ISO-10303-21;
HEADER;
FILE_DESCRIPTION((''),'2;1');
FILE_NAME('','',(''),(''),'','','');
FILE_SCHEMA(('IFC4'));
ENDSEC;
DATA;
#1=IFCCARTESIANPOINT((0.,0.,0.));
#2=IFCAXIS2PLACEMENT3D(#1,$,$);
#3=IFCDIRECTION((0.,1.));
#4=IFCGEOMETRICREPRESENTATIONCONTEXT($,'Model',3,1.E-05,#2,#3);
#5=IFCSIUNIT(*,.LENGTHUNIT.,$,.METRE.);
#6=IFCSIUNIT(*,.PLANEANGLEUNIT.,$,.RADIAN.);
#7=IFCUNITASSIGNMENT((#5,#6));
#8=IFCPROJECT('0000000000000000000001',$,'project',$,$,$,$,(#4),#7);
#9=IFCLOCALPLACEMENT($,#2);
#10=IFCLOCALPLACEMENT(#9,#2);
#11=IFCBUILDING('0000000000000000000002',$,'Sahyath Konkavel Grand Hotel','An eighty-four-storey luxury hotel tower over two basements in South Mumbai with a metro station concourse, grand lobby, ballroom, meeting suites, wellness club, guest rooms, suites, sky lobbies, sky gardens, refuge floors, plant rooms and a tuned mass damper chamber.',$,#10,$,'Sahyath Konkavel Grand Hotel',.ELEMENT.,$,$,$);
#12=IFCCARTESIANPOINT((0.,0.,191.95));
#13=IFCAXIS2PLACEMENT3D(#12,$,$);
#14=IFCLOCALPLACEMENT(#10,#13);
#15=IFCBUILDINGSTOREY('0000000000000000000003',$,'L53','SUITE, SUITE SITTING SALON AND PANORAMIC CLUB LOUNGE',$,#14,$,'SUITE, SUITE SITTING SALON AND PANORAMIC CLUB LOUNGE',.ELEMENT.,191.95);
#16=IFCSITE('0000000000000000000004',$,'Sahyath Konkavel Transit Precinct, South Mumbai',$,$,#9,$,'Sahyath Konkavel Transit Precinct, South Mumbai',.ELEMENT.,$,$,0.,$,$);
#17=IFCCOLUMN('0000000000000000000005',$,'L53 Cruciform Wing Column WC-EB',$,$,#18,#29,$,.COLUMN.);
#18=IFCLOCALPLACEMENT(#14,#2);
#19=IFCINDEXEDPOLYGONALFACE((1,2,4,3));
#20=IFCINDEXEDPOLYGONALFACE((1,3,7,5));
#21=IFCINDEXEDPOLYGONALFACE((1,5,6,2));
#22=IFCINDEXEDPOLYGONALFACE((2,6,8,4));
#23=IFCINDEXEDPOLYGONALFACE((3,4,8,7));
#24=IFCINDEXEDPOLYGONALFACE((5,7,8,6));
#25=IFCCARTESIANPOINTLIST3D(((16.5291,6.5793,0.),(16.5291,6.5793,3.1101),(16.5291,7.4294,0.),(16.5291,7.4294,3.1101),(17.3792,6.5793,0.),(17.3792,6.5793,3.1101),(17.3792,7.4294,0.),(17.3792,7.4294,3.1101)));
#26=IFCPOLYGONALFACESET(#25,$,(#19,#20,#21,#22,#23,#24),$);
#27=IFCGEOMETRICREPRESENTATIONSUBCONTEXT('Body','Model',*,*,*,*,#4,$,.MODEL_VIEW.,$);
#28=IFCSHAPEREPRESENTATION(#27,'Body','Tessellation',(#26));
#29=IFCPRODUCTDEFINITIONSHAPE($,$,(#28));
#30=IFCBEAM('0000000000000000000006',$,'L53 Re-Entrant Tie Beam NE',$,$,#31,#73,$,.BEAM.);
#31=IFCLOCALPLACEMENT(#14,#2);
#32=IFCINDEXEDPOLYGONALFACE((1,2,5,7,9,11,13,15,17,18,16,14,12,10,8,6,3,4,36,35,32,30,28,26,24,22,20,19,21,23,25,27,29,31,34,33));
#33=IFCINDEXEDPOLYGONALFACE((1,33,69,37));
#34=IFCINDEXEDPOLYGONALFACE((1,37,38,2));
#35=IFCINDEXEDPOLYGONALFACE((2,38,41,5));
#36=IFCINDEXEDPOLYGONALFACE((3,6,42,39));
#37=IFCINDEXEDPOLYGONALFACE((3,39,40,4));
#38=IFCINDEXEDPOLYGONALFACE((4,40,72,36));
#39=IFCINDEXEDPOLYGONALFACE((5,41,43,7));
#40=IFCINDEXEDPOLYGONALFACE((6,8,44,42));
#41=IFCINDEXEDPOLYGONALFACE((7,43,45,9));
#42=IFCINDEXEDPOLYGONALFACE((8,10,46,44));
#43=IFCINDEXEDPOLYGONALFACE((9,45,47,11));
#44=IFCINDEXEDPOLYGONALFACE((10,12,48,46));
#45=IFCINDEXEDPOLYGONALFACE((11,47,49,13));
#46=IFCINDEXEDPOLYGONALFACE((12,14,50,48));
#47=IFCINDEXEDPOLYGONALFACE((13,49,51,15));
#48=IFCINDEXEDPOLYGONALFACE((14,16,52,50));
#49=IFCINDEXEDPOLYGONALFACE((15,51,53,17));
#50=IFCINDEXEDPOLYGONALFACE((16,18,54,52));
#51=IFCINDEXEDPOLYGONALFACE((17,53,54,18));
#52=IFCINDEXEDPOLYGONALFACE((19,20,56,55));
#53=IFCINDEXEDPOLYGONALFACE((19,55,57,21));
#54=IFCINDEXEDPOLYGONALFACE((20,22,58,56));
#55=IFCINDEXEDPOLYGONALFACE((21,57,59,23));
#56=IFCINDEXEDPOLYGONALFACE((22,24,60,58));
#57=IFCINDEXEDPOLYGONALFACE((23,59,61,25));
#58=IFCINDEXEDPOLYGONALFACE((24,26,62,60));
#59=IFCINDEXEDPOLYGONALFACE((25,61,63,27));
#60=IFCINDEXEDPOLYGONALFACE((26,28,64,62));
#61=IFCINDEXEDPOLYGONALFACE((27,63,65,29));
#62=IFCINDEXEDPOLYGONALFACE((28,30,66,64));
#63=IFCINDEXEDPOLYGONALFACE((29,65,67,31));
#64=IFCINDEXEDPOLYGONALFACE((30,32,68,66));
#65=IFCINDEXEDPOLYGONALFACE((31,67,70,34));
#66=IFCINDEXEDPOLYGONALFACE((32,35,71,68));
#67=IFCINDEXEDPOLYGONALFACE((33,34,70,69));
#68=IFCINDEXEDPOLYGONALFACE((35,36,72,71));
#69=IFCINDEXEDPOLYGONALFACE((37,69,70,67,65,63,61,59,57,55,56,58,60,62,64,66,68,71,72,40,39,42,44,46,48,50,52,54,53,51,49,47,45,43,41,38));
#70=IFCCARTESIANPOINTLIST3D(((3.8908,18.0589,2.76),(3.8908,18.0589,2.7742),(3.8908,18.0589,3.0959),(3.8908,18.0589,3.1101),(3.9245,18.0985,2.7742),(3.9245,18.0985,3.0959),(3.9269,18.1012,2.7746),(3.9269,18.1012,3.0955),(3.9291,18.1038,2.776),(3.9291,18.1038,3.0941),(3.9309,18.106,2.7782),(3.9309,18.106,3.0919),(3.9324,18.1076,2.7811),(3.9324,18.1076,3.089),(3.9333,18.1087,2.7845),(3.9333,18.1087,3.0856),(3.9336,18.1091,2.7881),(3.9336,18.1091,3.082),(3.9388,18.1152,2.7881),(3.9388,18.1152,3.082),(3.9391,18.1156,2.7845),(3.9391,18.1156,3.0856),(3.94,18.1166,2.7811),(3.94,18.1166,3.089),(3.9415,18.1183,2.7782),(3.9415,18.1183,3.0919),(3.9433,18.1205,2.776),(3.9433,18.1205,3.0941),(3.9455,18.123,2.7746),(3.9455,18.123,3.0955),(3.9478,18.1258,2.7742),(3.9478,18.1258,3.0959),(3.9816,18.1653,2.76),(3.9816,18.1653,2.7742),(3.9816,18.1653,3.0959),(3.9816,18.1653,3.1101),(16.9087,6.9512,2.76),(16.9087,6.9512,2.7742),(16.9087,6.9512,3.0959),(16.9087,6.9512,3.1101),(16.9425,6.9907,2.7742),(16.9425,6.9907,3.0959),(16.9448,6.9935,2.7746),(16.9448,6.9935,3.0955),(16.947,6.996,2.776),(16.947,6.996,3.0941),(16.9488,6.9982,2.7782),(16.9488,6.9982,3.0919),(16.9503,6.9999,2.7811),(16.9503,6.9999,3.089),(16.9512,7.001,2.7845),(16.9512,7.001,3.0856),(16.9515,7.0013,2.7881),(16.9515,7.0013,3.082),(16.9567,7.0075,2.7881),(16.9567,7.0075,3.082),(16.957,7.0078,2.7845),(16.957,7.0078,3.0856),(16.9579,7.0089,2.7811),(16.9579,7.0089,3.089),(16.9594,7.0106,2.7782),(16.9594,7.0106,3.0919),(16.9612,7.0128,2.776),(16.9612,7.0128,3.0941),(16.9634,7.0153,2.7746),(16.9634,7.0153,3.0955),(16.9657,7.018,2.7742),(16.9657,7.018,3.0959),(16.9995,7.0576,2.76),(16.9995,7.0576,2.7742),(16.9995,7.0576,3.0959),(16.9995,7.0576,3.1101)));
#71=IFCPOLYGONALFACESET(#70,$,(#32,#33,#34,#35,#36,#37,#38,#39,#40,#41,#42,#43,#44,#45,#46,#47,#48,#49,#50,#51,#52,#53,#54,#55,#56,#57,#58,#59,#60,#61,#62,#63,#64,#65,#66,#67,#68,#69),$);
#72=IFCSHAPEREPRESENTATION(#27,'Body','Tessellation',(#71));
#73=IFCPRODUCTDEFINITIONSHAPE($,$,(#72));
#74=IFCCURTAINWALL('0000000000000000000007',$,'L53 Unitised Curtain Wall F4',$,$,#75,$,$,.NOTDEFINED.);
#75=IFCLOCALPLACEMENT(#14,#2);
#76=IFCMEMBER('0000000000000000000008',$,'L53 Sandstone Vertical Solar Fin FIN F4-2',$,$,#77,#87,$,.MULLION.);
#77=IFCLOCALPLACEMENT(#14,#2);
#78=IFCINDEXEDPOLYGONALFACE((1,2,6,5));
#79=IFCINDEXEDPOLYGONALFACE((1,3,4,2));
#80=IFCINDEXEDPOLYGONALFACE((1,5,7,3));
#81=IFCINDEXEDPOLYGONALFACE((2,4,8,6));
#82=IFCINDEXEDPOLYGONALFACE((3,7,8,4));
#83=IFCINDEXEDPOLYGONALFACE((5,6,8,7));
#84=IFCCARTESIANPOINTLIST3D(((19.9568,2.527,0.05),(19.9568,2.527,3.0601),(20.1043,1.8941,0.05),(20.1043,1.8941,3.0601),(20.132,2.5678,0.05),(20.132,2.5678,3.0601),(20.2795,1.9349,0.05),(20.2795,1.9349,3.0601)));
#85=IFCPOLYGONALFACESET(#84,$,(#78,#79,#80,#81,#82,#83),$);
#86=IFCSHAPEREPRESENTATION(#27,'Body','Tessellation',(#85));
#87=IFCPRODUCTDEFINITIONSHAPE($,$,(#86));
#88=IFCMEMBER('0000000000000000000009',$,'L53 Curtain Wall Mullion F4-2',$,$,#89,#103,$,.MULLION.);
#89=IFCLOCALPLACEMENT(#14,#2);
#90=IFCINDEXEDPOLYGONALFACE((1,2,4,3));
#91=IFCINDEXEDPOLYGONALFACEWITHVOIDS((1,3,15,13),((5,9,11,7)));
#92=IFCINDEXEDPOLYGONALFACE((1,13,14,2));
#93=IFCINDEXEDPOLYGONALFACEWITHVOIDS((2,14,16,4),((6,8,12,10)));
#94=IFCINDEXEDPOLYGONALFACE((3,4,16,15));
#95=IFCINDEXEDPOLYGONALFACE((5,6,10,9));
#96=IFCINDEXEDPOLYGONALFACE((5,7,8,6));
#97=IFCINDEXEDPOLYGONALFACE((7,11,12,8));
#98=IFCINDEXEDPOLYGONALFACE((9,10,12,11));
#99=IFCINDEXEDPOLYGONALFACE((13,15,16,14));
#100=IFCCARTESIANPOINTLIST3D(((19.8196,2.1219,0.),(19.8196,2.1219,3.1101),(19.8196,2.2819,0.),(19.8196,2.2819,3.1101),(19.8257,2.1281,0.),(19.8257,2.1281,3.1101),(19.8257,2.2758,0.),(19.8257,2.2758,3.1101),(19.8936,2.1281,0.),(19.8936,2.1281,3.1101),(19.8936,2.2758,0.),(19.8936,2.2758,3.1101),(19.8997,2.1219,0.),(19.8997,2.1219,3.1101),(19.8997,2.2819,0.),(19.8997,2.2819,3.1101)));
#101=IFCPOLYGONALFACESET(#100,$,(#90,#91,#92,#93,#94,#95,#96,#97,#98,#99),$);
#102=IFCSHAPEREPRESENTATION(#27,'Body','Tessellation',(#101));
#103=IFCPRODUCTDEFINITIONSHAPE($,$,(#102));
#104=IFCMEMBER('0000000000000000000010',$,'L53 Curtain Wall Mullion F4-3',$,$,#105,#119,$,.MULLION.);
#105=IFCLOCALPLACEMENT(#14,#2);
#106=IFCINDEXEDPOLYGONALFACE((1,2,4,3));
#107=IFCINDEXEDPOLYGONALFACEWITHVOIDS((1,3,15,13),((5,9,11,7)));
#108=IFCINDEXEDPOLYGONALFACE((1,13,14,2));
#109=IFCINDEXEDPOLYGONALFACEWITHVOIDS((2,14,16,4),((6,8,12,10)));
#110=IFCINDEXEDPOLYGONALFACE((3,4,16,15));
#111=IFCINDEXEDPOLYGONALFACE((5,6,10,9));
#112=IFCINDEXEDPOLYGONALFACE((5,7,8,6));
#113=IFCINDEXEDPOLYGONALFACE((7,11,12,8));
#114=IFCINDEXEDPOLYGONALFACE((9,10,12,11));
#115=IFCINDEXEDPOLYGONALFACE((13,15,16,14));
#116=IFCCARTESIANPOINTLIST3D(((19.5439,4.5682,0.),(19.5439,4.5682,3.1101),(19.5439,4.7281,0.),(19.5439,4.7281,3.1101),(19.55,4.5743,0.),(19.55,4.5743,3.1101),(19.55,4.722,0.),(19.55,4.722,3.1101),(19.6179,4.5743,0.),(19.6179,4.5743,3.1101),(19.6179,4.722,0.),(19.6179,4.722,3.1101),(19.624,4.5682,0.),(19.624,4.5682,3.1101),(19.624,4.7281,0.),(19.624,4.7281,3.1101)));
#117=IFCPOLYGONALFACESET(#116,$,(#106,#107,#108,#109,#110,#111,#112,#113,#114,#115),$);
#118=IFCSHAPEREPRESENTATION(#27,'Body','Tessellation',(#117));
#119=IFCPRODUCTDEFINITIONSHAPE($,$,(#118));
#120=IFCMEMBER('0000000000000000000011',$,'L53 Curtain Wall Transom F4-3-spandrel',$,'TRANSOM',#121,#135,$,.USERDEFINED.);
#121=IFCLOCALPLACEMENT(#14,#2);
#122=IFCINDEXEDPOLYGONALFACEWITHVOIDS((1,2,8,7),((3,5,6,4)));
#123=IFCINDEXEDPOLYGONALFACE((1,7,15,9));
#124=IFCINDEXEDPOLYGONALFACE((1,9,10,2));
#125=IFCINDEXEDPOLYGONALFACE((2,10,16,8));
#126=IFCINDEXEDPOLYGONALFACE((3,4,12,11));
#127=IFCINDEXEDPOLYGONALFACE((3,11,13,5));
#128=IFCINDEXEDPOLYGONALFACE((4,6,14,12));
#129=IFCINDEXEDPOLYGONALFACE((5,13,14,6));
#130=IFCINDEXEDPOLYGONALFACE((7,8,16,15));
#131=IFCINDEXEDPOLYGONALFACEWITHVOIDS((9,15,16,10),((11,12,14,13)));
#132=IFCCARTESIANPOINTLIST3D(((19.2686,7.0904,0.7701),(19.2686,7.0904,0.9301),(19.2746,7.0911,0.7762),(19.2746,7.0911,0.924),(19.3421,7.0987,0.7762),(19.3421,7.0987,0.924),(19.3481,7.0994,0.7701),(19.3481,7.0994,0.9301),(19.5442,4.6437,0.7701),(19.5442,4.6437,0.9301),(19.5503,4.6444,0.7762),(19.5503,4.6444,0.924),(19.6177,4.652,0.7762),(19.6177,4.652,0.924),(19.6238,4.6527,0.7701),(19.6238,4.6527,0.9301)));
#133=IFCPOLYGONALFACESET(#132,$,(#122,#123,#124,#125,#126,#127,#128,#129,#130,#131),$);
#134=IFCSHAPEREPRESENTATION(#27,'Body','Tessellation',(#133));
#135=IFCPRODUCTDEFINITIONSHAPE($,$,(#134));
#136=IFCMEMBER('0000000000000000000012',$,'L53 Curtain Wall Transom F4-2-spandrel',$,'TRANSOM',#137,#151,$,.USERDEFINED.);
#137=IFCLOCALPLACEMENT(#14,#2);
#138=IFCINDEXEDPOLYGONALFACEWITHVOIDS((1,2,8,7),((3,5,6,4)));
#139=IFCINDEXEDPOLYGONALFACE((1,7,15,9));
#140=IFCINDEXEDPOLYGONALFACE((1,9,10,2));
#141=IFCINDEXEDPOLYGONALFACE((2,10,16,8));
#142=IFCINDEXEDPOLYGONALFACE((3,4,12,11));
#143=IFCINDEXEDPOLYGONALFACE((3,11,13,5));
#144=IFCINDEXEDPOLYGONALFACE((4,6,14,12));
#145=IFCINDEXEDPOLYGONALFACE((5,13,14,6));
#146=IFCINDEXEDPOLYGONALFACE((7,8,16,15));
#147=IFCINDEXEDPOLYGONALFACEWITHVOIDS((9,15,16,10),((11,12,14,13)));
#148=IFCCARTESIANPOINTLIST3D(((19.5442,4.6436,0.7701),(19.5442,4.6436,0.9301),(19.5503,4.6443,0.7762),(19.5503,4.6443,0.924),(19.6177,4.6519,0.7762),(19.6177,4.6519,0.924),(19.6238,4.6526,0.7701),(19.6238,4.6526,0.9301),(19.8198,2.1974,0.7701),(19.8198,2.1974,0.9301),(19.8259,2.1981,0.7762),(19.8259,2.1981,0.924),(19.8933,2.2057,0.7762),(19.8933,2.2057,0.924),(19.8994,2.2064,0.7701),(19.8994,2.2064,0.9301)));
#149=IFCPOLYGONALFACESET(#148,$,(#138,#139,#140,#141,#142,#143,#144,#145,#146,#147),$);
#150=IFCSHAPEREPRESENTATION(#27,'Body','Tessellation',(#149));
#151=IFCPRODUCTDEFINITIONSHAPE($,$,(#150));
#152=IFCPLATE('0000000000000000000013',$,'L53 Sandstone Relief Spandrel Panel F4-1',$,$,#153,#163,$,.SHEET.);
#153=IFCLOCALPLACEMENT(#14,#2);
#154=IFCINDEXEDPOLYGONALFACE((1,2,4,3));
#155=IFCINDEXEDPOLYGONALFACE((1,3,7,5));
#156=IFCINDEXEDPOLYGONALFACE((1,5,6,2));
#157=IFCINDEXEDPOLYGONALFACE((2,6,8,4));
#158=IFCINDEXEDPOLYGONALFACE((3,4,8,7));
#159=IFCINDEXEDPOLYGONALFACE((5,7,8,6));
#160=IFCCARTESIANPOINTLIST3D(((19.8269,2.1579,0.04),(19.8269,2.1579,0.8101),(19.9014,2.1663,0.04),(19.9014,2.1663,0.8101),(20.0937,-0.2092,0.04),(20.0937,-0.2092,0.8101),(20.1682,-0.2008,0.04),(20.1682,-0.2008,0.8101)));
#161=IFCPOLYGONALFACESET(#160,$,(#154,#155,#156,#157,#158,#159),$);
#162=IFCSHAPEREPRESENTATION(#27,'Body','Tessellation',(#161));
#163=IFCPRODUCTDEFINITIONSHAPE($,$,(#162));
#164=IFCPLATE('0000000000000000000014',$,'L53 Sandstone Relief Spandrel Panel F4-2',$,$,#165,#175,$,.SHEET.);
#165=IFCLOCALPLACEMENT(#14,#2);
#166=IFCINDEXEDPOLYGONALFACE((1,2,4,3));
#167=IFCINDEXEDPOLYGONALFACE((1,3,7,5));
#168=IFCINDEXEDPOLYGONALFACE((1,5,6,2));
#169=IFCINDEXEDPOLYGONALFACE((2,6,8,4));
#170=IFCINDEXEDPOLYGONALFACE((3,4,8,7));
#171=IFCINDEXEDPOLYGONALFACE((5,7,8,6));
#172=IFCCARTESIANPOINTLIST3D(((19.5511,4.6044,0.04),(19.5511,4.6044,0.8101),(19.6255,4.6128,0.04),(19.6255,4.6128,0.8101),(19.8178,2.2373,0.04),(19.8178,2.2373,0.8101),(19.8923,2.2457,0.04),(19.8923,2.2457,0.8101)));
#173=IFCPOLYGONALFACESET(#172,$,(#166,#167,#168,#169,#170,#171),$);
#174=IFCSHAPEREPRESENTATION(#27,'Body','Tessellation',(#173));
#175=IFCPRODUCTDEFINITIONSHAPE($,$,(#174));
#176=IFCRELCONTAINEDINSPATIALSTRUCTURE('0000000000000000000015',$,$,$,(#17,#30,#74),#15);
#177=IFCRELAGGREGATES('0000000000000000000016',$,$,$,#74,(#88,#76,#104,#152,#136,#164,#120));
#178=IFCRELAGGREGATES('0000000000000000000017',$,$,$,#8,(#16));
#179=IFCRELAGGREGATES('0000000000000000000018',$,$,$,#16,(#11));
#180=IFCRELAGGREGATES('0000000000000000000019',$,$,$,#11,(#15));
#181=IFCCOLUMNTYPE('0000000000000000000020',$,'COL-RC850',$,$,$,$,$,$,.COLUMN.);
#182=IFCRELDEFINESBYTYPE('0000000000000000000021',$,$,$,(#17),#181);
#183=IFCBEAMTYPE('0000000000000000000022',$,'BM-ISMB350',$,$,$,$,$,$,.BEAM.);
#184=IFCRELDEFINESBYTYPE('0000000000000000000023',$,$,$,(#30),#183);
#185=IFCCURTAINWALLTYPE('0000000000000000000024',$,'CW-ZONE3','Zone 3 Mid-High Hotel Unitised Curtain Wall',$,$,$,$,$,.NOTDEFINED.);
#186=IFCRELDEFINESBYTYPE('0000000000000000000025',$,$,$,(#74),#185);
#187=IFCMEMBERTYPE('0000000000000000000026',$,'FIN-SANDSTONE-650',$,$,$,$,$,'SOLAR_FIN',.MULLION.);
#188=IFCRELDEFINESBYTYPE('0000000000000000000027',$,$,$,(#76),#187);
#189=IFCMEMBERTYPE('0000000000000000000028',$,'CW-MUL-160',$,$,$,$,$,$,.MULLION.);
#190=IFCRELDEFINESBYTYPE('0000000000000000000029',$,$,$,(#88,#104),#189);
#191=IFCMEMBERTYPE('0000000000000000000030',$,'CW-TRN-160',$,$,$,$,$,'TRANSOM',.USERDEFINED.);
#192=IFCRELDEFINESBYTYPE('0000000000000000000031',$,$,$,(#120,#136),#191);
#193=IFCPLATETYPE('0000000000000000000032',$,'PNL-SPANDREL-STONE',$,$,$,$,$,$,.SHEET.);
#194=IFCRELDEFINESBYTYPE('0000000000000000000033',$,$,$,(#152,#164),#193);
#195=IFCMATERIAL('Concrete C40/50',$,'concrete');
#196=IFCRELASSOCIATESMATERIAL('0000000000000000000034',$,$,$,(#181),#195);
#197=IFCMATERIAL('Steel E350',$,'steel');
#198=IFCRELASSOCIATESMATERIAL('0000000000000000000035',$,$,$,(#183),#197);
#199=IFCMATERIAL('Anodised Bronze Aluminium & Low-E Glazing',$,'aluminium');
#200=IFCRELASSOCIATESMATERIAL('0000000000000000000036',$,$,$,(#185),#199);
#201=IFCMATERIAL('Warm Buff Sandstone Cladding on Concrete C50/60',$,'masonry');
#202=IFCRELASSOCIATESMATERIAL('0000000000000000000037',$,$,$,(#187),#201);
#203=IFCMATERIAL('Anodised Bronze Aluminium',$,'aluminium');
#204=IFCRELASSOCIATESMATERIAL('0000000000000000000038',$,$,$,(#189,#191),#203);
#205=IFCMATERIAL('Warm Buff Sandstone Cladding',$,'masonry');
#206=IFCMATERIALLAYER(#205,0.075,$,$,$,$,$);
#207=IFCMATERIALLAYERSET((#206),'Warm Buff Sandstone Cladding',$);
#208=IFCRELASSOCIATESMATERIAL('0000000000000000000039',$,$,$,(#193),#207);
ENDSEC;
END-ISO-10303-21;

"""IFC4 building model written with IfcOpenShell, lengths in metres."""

from ifc_helpers import new_model, si_unit, direction, frame, origin, origin_2d, place, context, subcontext, project, spatial, rectangle, hollow_rectangle, i_section, extrude, source, transform, mapped, material, layer, layer_set, material_profile, profile_set, type_object, element, aggregate, save


model = new_model("IFC4")

# Units and contexts
model_context = context("Model", 3, precision=1e-05, world=origin(), true_north=direction((0.0, 1.0)))
body_context = subcontext(model_context, "Body", "Model", "MODEL_VIEW")
ifc_project = project(units=[si_unit("LENGTHUNIT", "METRE"), si_unit("PLANEANGLEUNIT", "RADIAN")], contexts=[model_context])

# Site, building, storey
site_placement = place(None, origin())
site = spatial("IfcSite", under=ifc_project, at=site_placement, Name="Sahyath Konkavel Transit Precinct, South Mumbai", LongName="Sahyath Konkavel Transit Precinct, South Mumbai", CompositionType="ELEMENT", RefElevation=0.0)
building_placement = place(site_placement, origin())
building = spatial("IfcBuilding", under=site, at=building_placement, Name="Sahyath Konkavel Grand Hotel", Description="An eighty-four-storey luxury hotel tower over two basements in South Mumbai with a metro station concourse, grand lobby, ballroom, meeting suites, wellness club, guest rooms, suites, sky lobbies, sky gardens, refuge floors, plant rooms and a tuned mass damper chamber.", LongName="Sahyath Konkavel Grand Hotel", CompositionType="ELEMENT")
storey_placement = place(building_placement, frame((0.0, 0.0, 191.95)))
storey = spatial("IfcBuildingStorey", under=building, at=storey_placement, Name="L53", Description="SUITE, SUITE SITTING SALON AND PANORAMIC CLUB LOUNGE", LongName="SUITE, SUITE SITTING SALON AND PANORAMIC CLUB LOUNGE", CompositionType="ELEMENT", Elevation=191.95)

# Column
ifc_material_1 = material(Name="Concrete C40/50", Category="concrete")
ifc_material_profile_1 = material_profile(ifc_material_1, rectangle(XDim=0.8501, YDim=0.8501, at=origin_2d()), Name="RC 850x850")
ifc_profile_set_1 = profile_set([ifc_material_profile_1], Name="Concrete C40/50")
column_type = type_object("IfcColumnType", Name="COL-RC850", PredefinedType="COLUMN", material=ifc_profile_set_1)
shared_shape_1 = source(origin(), body_context, "Body", "SweptSolid", [
    extrude(rectangle(XDim=0.8501, YDim=0.8501, at=origin_2d()), origin(), (0.0, 0.0, 1.0), 3.1101),
])
column_placement = place(storey_placement, frame((16.9541, 7.0044, 0.0), z_axis=(0.0, 0.0, 1.0), x_axis=(1.0, 0.0, 0.0)))
element("IfcColumn", 1, at=column_placement, inside=storey, type_object=column_type, Name="L53 Cruciform Wing Column WC-EB", PredefinedType="COLUMN", context=body_context, shape_type="MappedRepresentation", body=[
    mapped(shared_shape_1, transform((0.0, 0.0, 0.0), scale=1.0)),
])

# Beam
ifc_material_2 = material(Name="Steel E350", Category="steel")
ifc_material_profile_2 = material_profile(ifc_material_2, i_section(OverallWidth=0.1399, OverallDepth=0.3501, WebThickness=0.0081, FlangeThickness=0.0142, FilletRadius=0.0139, at=origin_2d()), Name="ISMB 350")
ifc_profile_set_2 = profile_set([ifc_material_profile_2], Name="Steel E350")
beam_type = type_object("IfcBeamType", Name="BM-ISMB350", PredefinedType="BEAM", material=ifc_profile_set_2)
shared_shape_2 = source(origin(), body_context, "Body", "SweptSolid", [
    extrude(i_section(OverallWidth=0.1399, OverallDepth=0.3501, WebThickness=0.0081, FlangeThickness=0.0142, FilletRadius=0.0139, at=origin_2d()), origin(), (0.0, 0.0, 1.0), 17.1128),
])
beam_placement = place(storey_placement, frame((16.9541, 7.0044, 2.9351), z_axis=(-0.760712, 0.64909, 0.0), x_axis=(-0.64909, -0.760712, 0.0)))
element("IfcBeam", 2, at=beam_placement, inside=storey, type_object=beam_type, Name="L53 Re-Entrant Tie Beam NE", PredefinedType="BEAM", context=body_context, shape_type="MappedRepresentation", body=[
    mapped(shared_shape_2, transform((0.0, 0.0, 0.0), scale=1.0)),
])

# Curtain wall, members, plates
ifc_material_3 = material(Name="Anodised Bronze Aluminium & Low-E Glazing", Category="aluminium")
curtain_wall_type = type_object("IfcCurtainWallType", Name="CW-ZONE3", Description="Zone 3 Mid-High Hotel Unitised Curtain Wall", PredefinedType="NOTDEFINED", material=ifc_material_3)
curtain_wall_placement = place(storey_placement, origin())
curtain_wall = element("IfcCurtainWall", 3, at=curtain_wall_placement, inside=storey, type_object=curtain_wall_type, Name="L53 Unitised Curtain Wall F4", PredefinedType="NOTDEFINED")
ifc_material_4 = material(Name="Warm Buff Sandstone Cladding on Concrete C50/60", Category="masonry")
ifc_material_profile_3 = material_profile(ifc_material_4, rectangle(XDim=0.1799, YDim=0.6499, at=origin_2d()), Name="FIN 180x650")
ifc_profile_set_3 = profile_set([ifc_material_profile_3], Name="Warm Buff Sandstone Cladding on Concrete C50/60")
member_type_1 = type_object("IfcMemberType", Name="FIN-SANDSTONE-650", ElementType="SOLAR_FIN", PredefinedType="MULLION", material=ifc_profile_set_3)
shared_shape_3 = source(origin(), body_context, "Body", "SweptSolid", [
    extrude(rectangle(XDim=0.1799, YDim=0.6499, at=origin_2d()), origin(), (0.0, 0.0, 1.0), 3.01),
])
member_1_placement = place(storey_placement, frame((20.1182, 2.231, 0.05), z_axis=(0.0, 0.0, 1.0), x_axis=(0.973897, 0.226991, 0.0)))
member_1 = element("IfcMember", 4, at=member_1_placement, type_object=member_type_1, Name="L53 Sandstone Vertical Solar Fin FIN F4-2", PredefinedType="MULLION", context=body_context, shape_type="MappedRepresentation", body=[
    mapped(shared_shape_3, transform((0.0, 0.0, 0.0), scale=1.0)),
])
ifc_material_5 = material(Name="Anodised Bronze Aluminium", Category="aluminium")
ifc_material_profile_4 = material_profile(ifc_material_5, hollow_rectangle(XDim=0.0801, YDim=0.1599, WallThickness=0.0061, at=origin_2d()), Name="RHS 160x80x6")
ifc_profile_set_4 = profile_set([ifc_material_profile_4], Name="Anodised Bronze Aluminium")
member_type_2 = type_object("IfcMemberType", Name="CW-MUL-160", PredefinedType="MULLION", material=ifc_profile_set_4)
shared_shape_4 = source(origin(), body_context, "Body", "SweptSolid", [
    extrude(hollow_rectangle(XDim=0.0801, YDim=0.1599, WallThickness=0.0061, at=origin_2d()), origin(), (0.0, 0.0, 1.0), 3.1101),
])
member_2_placement = place(storey_placement, frame((19.8596, 2.2019, 0.0), z_axis=(0.0, 0.0, 1.0), x_axis=(1.0, 0.0, 0.0)))
member_2 = element("IfcMember", 5, at=member_2_placement, type_object=member_type_2, Name="L53 Curtain Wall Mullion F4-2", PredefinedType="MULLION", context=body_context, shape_type="MappedRepresentation", body=[
    mapped(shared_shape_4, transform((0.0, 0.0, 0.0), scale=1.0)),
])
member_3_placement = place(storey_placement, frame((19.584, 4.6482, 0.0), z_axis=(0.0, 0.0, 1.0), x_axis=(1.0, 0.0, 0.0)))
member_3 = element("IfcMember", 6, at=member_3_placement, type_object=member_type_2, Name="L53 Curtain Wall Mullion F4-3", PredefinedType="MULLION", context=body_context, shape_type="MappedRepresentation", body=[
    mapped(shared_shape_4, transform((0.0, 0.0, 0.0), scale=1.0)),
])
ifc_material_profile_5 = material_profile(ifc_material_5, hollow_rectangle(XDim=0.0801, YDim=0.1599, WallThickness=0.0061, at=origin_2d()), Name="RHS 160x80x6")
ifc_profile_set_5 = profile_set([ifc_material_profile_5], Name="Anodised Bronze Aluminium")
member_type_3 = type_object("IfcMemberType", Name="CW-TRN-160", ElementType="TRANSOM", PredefinedType="USERDEFINED", material=ifc_profile_set_5)
shared_shape_5 = source(origin(), body_context, "Body", "SweptSolid", [
    extrude(hollow_rectangle(XDim=0.0801, YDim=0.1599, WallThickness=0.0061, at=origin_2d()), origin(), (0.0, 0.0, 1.0), 2.4622),
])
member_4_placement = place(storey_placement, frame((19.584, 4.6482, 0.8501), z_axis=(-0.111944, 0.993715, 0.0), x_axis=(-0.993715, -0.111944, 0.0)))
member_4 = element("IfcMember", 7, at=member_4_placement, type_object=member_type_3, Name="L53 Curtain Wall Transom F4-3-spandrel", ObjectType="TRANSOM", PredefinedType="USERDEFINED", context=body_context, shape_type="MappedRepresentation", body=[
    mapped(shared_shape_5, transform((0.0, 0.0, 0.0), scale=1.0)),
])
shared_shape_6 = source(origin(), body_context, "Body", "SweptSolid", [
    extrude(hollow_rectangle(XDim=0.0801, YDim=0.1599, WallThickness=0.0061, at=origin_2d()), origin(), (0.0, 0.0, 1.0), 2.4617),
])
member_5_placement = place(storey_placement, frame((19.8596, 2.2019, 0.8501), z_axis=(-0.111966, 0.993712, 0.0), x_axis=(-0.993712, -0.111966, 0.0)))
member_5 = element("IfcMember", 8, at=member_5_placement, type_object=member_type_3, Name="L53 Curtain Wall Transom F4-2-spandrel", ObjectType="TRANSOM", PredefinedType="USERDEFINED", context=body_context, shape_type="MappedRepresentation", body=[
    mapped(shared_shape_6, transform((0.0, 0.0, 0.0), scale=1.0)),
])
ifc_material_6 = material(Name="Warm Buff Sandstone Cladding", Category="masonry")
ifc_layer_1 = layer(ifc_material_6, 0.075)
ifc_layer_set_1 = layer_set([ifc_layer_1], Name="Warm Buff Sandstone Cladding")
plate_type_1 = type_object("IfcPlateType", Name="PNL-SPANDREL-STONE", PredefinedType="SHEET", material=ifc_layer_set_1)
shared_shape_7 = source(origin(), body_context, "Body", "SweptSolid", [
    extrude(rectangle(XDim=2.3821, YDim=0.075, at=origin_2d()), origin(), (0.0, 0.0, 1.0), 0.77),
])
plate_1_placement = place(storey_placement, frame((19.9976, 0.9785, 0.04), z_axis=(0.0, 0.0, 1.0), x_axis=(-0.111989, 0.993709, 0.0)))
plate_1 = element("IfcPlate", 9, at=plate_1_placement, type_object=plate_type_1, Name="L53 Sandstone Relief Spandrel Panel F4-1", PredefinedType="SHEET", context=body_context, shape_type="MappedRepresentation", body=[
    mapped(shared_shape_7, transform((0.0, 0.0, 0.0), scale=1.0)),
])
plate_2_placement = place(storey_placement, frame((19.7217, 3.425, 0.04), z_axis=(0.0, 0.0, 1.0), x_axis=(-0.111989, 0.993709, 0.0)))
plate_2 = element("IfcPlate", 10, at=plate_2_placement, type_object=plate_type_1, Name="L53 Sandstone Relief Spandrel Panel F4-2", PredefinedType="SHEET", context=body_context, shape_type="MappedRepresentation", body=[
    mapped(shared_shape_7, transform((0.0, 0.0, 0.0), scale=1.0)),
])
aggregate(curtain_wall, [member_2, member_1, member_3, plate_1, member_5, plate_2, member_4])

save(model, "model.ifc")
